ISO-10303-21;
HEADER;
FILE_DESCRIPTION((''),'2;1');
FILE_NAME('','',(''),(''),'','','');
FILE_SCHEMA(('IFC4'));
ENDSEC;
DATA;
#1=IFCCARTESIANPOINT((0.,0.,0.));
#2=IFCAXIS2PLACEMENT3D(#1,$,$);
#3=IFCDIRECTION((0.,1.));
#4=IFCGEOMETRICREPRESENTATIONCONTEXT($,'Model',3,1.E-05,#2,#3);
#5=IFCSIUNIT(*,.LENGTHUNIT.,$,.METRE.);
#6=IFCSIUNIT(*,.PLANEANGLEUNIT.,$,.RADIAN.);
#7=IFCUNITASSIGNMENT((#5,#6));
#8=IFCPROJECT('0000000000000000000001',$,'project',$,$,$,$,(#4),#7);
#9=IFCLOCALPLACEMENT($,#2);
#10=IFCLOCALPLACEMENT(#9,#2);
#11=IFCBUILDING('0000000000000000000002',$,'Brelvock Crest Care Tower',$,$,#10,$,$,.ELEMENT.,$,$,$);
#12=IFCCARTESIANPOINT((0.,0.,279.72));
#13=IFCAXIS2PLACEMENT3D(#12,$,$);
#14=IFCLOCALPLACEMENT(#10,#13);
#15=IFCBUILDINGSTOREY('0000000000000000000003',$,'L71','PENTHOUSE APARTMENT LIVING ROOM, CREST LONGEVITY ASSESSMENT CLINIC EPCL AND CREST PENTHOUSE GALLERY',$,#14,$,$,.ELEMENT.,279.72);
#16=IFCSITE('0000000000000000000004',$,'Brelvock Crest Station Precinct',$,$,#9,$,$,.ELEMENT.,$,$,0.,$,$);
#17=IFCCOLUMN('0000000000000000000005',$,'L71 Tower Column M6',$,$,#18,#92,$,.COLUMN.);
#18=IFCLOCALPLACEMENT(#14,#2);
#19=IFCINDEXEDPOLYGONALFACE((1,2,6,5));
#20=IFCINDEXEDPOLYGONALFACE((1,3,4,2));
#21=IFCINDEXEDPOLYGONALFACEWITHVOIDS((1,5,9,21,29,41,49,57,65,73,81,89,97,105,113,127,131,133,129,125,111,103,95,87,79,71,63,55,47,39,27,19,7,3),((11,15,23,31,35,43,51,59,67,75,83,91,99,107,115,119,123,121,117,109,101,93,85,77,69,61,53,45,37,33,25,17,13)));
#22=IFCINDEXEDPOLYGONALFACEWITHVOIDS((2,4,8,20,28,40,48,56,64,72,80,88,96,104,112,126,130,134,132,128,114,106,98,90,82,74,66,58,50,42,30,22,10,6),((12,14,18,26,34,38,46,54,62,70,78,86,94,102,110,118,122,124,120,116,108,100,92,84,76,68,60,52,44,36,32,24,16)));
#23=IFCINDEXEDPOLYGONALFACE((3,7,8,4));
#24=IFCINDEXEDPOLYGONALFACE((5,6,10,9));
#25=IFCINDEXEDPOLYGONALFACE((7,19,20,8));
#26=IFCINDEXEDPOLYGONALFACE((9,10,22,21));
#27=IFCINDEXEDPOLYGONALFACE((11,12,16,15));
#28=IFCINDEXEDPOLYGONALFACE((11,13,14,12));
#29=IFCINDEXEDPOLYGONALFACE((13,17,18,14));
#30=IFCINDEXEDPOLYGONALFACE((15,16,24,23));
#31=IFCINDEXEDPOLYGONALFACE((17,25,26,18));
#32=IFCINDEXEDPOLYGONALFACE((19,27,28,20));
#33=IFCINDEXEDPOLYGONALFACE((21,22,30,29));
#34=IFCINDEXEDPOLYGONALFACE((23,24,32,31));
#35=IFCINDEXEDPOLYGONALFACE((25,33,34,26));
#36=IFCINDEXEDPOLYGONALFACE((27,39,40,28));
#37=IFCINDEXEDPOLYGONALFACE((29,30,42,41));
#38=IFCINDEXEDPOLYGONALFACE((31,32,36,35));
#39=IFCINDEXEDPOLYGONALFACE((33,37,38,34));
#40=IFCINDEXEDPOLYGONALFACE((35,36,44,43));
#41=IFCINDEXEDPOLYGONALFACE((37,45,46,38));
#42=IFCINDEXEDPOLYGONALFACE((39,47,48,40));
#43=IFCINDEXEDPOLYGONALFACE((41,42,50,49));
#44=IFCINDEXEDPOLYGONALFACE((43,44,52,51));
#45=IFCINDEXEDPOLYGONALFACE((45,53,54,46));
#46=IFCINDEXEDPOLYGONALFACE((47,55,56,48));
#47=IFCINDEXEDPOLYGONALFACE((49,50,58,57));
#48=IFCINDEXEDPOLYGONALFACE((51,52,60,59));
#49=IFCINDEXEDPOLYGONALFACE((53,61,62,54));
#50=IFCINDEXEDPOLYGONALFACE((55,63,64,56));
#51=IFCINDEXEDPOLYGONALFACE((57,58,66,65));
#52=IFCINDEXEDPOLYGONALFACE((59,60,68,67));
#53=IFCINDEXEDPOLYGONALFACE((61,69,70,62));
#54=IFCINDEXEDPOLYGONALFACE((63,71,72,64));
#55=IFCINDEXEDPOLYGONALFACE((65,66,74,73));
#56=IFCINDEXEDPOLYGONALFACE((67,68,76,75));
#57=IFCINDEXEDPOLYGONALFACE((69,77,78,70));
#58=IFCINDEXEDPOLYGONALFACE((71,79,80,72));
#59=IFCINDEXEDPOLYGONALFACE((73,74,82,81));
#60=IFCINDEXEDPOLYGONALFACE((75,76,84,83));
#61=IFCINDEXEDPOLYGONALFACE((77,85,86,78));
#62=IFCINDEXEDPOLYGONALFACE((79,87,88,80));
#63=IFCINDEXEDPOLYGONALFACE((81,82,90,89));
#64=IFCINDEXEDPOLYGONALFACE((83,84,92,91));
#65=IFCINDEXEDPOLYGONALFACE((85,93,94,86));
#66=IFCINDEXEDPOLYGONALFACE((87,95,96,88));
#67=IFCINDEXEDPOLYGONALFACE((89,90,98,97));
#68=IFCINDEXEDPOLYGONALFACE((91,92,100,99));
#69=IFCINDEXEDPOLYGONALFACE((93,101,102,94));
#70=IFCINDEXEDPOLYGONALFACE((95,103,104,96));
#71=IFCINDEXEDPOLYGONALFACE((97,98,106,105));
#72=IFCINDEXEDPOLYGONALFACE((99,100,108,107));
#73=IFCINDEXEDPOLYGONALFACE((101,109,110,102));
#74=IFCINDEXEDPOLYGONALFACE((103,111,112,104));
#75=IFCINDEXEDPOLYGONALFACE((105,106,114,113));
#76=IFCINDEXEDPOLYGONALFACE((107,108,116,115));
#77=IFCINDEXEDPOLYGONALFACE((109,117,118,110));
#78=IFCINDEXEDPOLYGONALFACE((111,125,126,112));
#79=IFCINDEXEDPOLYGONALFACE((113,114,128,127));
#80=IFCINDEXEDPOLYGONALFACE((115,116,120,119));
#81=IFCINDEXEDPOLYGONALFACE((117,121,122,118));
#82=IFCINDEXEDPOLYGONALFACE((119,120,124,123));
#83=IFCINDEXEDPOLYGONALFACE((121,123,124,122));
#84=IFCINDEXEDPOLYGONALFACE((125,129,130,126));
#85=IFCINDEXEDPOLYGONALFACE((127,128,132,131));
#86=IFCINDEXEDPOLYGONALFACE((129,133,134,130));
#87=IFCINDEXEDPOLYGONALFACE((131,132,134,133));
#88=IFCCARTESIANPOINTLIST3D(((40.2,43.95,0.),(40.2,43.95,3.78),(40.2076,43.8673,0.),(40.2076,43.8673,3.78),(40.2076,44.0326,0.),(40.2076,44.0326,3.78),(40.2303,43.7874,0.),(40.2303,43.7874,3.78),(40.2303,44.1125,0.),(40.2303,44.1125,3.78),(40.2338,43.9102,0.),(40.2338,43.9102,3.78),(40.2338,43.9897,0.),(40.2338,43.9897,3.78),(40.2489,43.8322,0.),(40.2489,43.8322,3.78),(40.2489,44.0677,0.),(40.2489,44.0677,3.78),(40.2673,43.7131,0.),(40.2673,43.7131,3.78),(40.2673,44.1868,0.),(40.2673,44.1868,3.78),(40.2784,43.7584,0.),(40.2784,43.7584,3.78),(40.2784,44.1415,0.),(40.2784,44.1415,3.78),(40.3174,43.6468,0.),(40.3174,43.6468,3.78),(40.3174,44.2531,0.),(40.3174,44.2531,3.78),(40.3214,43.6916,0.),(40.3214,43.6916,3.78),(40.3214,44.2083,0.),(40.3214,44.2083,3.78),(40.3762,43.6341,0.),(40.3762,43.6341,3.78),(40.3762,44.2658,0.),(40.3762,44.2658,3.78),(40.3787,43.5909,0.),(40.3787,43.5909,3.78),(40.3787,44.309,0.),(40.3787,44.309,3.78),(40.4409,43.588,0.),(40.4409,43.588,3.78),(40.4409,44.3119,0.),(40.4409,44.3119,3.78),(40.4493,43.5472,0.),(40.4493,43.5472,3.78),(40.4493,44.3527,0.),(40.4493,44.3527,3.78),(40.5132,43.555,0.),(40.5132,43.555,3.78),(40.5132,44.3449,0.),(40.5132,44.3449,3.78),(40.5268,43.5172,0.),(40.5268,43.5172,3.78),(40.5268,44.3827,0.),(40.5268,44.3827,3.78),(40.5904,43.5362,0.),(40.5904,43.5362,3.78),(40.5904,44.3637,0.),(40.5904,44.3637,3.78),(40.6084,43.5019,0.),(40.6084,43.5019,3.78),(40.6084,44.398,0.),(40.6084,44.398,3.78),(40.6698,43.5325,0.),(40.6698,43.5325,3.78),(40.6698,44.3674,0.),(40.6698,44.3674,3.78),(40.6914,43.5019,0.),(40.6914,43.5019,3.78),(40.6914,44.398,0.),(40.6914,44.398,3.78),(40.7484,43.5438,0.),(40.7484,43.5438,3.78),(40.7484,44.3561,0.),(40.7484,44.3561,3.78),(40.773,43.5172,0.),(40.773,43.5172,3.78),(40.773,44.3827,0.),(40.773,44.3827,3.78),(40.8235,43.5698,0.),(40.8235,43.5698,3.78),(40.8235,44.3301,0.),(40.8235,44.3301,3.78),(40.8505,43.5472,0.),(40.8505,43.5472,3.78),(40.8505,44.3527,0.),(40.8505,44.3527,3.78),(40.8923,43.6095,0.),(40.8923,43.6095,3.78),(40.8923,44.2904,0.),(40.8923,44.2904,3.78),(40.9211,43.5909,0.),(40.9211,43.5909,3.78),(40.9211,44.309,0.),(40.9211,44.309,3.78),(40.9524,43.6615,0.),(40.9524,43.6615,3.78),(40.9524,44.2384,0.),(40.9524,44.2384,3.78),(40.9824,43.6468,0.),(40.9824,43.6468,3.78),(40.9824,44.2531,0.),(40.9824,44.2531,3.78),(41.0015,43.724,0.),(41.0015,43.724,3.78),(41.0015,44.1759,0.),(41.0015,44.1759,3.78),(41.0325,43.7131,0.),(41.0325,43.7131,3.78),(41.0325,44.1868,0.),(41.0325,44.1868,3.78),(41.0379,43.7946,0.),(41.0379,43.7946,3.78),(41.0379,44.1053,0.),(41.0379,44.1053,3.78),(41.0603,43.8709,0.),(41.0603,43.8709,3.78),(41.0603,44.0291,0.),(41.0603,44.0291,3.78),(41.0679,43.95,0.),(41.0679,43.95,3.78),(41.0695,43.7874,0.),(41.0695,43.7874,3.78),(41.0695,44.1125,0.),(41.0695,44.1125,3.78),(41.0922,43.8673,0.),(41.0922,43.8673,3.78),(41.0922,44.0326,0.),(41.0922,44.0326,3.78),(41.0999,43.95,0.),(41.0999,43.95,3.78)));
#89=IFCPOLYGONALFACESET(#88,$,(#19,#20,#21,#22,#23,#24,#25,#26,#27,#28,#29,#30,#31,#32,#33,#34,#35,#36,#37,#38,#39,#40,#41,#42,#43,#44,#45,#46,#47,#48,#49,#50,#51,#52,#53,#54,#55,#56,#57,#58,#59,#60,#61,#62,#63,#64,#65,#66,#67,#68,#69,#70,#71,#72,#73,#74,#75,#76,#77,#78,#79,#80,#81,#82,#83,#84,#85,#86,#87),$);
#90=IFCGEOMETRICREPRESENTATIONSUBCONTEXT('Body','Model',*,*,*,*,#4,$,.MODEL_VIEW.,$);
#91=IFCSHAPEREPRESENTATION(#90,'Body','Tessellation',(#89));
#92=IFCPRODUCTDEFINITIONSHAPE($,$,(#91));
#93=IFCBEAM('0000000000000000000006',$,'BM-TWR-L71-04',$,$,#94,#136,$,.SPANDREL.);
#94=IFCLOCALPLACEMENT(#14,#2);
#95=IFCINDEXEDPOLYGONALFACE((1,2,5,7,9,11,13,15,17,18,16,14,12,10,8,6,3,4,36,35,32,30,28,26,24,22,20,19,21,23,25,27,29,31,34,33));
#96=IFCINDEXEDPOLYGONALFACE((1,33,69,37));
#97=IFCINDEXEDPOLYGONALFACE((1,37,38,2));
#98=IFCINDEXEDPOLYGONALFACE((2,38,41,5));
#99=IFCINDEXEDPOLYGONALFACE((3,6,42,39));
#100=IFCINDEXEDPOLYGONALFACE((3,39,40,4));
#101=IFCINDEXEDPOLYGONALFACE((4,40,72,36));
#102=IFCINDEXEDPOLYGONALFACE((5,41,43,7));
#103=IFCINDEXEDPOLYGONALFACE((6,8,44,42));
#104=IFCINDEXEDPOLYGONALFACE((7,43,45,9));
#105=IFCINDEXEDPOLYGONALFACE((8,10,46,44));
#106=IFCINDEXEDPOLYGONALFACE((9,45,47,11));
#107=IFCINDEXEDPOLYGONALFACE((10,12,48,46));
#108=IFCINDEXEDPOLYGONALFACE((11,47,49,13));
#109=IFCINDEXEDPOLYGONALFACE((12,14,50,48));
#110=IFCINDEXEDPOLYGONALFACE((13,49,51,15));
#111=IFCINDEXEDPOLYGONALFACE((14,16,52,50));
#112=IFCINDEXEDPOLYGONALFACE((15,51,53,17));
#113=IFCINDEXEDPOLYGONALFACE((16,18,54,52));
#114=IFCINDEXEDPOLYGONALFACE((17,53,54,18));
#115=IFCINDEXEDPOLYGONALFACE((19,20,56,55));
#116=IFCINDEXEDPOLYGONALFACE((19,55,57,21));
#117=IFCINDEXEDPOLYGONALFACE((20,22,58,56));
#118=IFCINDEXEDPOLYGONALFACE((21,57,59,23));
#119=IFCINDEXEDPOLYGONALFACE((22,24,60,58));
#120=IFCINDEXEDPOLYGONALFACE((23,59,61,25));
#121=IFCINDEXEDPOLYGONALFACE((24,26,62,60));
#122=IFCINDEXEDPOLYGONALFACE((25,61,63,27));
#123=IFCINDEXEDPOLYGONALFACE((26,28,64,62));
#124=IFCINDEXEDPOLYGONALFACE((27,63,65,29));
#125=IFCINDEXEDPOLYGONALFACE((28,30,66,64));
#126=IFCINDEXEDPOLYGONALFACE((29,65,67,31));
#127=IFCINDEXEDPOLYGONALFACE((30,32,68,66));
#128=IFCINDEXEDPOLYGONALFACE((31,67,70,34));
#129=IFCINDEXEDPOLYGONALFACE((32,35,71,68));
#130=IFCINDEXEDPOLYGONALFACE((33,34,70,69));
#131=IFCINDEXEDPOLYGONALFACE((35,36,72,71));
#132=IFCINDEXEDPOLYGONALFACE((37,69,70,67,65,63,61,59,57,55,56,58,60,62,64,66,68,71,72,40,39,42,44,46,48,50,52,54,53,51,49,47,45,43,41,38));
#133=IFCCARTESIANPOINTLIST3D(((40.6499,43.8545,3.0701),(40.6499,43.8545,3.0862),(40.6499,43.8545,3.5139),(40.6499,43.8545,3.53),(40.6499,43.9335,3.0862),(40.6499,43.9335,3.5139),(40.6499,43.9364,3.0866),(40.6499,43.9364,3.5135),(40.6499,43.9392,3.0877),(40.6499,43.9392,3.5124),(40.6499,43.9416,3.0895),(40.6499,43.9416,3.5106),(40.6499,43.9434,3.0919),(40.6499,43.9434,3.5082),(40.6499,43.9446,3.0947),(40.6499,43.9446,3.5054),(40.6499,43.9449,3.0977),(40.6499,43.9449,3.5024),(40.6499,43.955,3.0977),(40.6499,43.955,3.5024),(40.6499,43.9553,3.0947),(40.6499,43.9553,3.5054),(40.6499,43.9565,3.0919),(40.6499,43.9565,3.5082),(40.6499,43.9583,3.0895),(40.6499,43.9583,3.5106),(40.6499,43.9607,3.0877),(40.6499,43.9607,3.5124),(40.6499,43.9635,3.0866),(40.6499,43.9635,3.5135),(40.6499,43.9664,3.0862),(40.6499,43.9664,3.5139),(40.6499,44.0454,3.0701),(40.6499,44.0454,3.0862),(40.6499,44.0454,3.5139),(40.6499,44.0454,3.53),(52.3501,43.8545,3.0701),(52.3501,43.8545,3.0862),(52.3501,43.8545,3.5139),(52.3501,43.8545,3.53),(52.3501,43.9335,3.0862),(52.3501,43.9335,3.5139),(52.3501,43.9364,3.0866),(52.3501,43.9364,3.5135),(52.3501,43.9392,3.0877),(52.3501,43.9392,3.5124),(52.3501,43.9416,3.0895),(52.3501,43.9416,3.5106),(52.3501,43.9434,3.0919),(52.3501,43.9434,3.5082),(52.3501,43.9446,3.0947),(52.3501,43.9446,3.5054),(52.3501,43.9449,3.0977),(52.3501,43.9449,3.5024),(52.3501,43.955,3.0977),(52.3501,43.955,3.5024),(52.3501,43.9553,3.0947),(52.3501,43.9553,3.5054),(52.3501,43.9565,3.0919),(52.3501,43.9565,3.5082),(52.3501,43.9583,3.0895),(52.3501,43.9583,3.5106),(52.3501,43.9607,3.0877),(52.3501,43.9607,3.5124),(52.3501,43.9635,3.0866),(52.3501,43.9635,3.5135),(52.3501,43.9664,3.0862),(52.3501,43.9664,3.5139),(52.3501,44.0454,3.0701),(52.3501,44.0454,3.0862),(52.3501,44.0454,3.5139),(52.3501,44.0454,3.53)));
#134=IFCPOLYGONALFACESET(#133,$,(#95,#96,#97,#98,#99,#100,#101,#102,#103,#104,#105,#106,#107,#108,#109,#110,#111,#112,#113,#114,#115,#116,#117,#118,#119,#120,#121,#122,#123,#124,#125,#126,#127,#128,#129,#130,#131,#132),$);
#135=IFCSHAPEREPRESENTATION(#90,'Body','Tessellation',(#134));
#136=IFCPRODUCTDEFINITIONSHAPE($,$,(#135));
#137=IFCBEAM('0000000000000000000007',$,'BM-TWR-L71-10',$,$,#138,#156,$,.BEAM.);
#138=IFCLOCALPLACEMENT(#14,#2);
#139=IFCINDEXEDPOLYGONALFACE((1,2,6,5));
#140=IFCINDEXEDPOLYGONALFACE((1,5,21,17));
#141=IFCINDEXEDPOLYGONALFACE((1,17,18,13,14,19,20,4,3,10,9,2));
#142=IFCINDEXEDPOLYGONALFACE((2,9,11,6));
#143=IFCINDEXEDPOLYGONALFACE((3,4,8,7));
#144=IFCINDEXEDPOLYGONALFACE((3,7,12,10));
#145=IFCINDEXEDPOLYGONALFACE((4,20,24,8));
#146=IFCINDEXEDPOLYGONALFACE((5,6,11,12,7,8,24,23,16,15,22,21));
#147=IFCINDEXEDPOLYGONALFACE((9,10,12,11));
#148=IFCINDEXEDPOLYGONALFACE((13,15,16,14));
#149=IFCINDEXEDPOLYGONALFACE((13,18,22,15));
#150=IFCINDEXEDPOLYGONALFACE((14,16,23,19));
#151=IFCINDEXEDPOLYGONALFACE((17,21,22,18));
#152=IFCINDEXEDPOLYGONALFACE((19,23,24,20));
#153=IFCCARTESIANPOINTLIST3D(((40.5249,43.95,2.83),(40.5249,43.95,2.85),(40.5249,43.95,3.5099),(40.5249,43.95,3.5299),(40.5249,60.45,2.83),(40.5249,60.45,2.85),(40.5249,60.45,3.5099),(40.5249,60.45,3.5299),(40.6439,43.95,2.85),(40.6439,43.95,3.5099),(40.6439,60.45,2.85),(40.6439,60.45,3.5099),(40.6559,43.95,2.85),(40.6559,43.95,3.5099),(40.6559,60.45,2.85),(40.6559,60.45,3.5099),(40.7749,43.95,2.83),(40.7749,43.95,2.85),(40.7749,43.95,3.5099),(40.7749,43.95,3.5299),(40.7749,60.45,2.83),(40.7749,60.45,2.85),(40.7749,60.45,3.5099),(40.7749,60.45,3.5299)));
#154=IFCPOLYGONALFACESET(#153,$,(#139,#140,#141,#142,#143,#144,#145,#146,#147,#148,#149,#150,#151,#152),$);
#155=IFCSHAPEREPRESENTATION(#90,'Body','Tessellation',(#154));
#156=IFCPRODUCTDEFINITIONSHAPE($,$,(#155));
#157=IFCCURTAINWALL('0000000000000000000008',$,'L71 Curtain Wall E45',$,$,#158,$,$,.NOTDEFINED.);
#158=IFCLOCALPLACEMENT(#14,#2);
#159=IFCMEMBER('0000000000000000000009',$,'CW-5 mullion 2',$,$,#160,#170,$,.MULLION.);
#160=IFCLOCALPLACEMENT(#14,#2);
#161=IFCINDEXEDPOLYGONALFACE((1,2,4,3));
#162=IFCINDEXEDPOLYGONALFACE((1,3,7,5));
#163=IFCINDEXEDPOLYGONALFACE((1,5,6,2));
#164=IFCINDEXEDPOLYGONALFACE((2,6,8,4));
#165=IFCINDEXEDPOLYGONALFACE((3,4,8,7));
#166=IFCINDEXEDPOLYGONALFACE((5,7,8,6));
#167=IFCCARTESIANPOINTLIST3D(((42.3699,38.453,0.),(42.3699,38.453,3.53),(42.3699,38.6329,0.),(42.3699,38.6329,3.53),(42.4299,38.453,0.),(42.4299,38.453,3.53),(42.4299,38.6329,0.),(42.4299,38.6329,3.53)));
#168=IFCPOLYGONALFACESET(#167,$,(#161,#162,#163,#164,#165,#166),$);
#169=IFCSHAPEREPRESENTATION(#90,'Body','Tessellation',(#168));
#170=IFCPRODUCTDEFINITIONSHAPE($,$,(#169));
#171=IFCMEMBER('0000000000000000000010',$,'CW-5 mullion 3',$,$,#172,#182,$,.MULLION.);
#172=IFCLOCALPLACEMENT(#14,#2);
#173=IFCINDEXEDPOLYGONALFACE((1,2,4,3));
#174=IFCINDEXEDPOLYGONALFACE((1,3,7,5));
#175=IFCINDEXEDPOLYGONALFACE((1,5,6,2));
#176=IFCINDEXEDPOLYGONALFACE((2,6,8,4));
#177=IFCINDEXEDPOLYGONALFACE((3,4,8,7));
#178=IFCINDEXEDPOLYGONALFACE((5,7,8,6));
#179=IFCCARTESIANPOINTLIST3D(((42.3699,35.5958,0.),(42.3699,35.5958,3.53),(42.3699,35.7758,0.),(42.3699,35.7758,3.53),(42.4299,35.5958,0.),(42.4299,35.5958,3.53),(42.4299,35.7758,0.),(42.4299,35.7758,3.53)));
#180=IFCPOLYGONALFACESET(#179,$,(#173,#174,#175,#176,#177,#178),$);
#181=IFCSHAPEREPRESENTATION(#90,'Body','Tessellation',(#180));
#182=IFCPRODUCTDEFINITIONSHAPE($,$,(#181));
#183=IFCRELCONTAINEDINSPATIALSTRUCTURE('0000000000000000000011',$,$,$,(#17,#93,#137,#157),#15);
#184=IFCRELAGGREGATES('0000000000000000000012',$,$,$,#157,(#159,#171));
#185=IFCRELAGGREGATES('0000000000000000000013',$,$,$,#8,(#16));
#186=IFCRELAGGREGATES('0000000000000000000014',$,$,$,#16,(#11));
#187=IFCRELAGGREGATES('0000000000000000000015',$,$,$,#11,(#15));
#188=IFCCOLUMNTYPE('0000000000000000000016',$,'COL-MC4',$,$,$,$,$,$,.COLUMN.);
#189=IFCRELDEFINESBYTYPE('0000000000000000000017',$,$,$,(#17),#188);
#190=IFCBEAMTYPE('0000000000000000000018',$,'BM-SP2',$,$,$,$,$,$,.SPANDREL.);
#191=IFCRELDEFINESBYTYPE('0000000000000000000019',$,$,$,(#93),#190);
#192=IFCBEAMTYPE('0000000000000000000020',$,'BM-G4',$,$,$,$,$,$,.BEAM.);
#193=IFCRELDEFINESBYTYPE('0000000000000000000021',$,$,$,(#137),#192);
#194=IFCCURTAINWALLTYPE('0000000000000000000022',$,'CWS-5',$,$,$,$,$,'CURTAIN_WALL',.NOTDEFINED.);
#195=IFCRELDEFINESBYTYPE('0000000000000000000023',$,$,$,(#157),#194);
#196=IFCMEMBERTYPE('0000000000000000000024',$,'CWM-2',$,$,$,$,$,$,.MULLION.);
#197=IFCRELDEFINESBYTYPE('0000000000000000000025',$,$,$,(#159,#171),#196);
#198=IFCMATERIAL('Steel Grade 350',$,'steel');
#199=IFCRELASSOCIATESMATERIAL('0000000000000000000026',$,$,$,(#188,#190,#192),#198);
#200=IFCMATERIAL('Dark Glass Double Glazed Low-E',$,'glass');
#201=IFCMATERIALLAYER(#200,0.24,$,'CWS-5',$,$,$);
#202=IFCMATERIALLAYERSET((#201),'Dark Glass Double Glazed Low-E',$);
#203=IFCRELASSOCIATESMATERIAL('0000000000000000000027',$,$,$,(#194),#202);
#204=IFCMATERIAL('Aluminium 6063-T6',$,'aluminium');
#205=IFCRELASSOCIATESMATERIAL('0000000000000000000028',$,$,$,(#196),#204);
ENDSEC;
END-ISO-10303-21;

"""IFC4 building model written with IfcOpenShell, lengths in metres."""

from ifc_helpers import new_model, si_unit, direction, frame, origin, origin_2d, place, context, subcontext, project, spatial, rectangle, hollow_circle, i_section, extrude, source, transform, mapped, material, layer, layer_set, material_profile, profile_set, type_object, element, aggregate, save


model = new_model("IFC4")

# Units and contexts
model_context = context("Model", 3, precision=1e-05, world=origin(), true_north=direction((0.0, 1.0)))
body_context = subcontext(model_context, "Body", "Model", "MODEL_VIEW")
ifc_project = project(units=[si_unit("LENGTHUNIT", "METRE"), si_unit("PLANEANGLEUNIT", "RADIAN")], contexts=[model_context])

# Site, building, storey
site_placement = place(None, origin())
site = spatial("IfcSite", under=ifc_project, at=site_placement, Name="Brelvock Crest Station Precinct", CompositionType="ELEMENT", RefElevation=0.0)
building_placement = place(site_placement, origin())
building = spatial("IfcBuilding", under=site, at=building_placement, Name="Brelvock Crest Care Tower", CompositionType="ELEMENT")
storey_placement = place(building_placement, frame((0.0, 0.0, 279.72)))
storey = spatial("IfcBuildingStorey", under=building, at=storey_placement, Name="L71", Description="PENTHOUSE APARTMENT LIVING ROOM, CREST LONGEVITY ASSESSMENT CLINIC EPCL AND CREST PENTHOUSE GALLERY", CompositionType="ELEMENT", Elevation=279.72)

# Column
ifc_material_1 = material(Name="Steel Grade 350", Category="steel")
ifc_material_profile_1 = material_profile(ifc_material_1, hollow_circle(Radius=0.45, WallThickness=0.032, at=origin_2d()), Name="CFT900x32")
ifc_profile_set_1 = profile_set([ifc_material_profile_1], Name="Steel Grade 350")
column_type = type_object("IfcColumnType", Name="COL-MC4", PredefinedType="COLUMN", material=ifc_profile_set_1)
shared_shape_1 = source(origin(), body_context, "Body", "SweptSolid", [
    extrude(hollow_circle(Radius=0.45, WallThickness=0.032, at=origin_2d()), origin(), (0.0, 0.0, 1.0), 3.78),
])
column_placement = place(storey_placement, frame((40.6499, 43.95, 0.0), z_axis=(0.0, 0.0, 1.0), x_axis=(1.0, 0.0, 0.0)))
element("IfcColumn", 1, at=column_placement, inside=storey, type_object=column_type, Name="L71 Tower Column M6", PredefinedType="COLUMN", context=body_context, shape_type="MappedRepresentation", body=[
    mapped(shared_shape_1, transform((0.0, 0.0, 0.0), x_axis=(1.0, 0.0, 0.0), y_axis=(0.0, 1.0, 0.0), z_axis=(0.0, 0.0, 1.0), scale=1.0)),
])

# Beams
ifc_material_profile_2 = material_profile(ifc_material_1, i_section(OverallWidth=0.1909, OverallDepth=0.46, WebThickness=0.01, FlangeThickness=0.0161, FilletRadius=0.0115, at=origin_2d()), Name="460UB82.1")
ifc_profile_set_2 = profile_set([ifc_material_profile_2], Name="Steel Grade 350")
beam_type_1 = type_object("IfcBeamType", Name="BM-SP2", PredefinedType="SPANDREL", material=ifc_profile_set_2)
shared_shape_2 = source(origin(), body_context, "Body", "SweptSolid", [
    extrude(i_section(OverallWidth=0.1909, OverallDepth=0.46, WebThickness=0.01, FlangeThickness=0.0161, FilletRadius=0.0115, at=origin_2d()), origin(), (0.0, 0.0, 1.0), 11.7002),
])
beam_1_placement = place(storey_placement, frame((40.6499, 43.95, 3.3), z_axis=(1.0, 0.0, 0.0), x_axis=(0.0, 1.0, 0.0)))
element("IfcBeam", 2, at=beam_1_placement, inside=storey, type_object=beam_type_1, Name="BM-TWR-L71-04", PredefinedType="SPANDREL", context=body_context, shape_type="MappedRepresentation", body=[
    mapped(shared_shape_2, transform((0.0, 0.0, 0.0), x_axis=(1.0, 0.0, 0.0), y_axis=(0.0, 1.0, 0.0), z_axis=(0.0, 0.0, 1.0), scale=1.0)),
])
ifc_material_profile_3 = material_profile(ifc_material_1, i_section(OverallWidth=0.25, OverallDepth=0.7, WebThickness=0.012, FlangeThickness=0.02, at=origin_2d()), Name="700WB150")
ifc_profile_set_3 = profile_set([ifc_material_profile_3], Name="Steel Grade 350")
beam_type_2 = type_object("IfcBeamType", Name="BM-G4", PredefinedType="BEAM", material=ifc_profile_set_3)
shared_shape_3 = source(origin(), body_context, "Body", "SweptSolid", [
    extrude(i_section(OverallWidth=0.25, OverallDepth=0.7, WebThickness=0.012, FlangeThickness=0.02, at=origin_2d()), origin(), (0.0, 0.0, 1.0), 16.5),
])
beam_2_placement = place(storey_placement, frame((40.6499, 43.95, 3.1799), z_axis=(0.0, 1.0, 0.0), x_axis=(-1.0, 0.0, 0.0)))
element("IfcBeam", 3, at=beam_2_placement, inside=storey, type_object=beam_type_2, Name="BM-TWR-L71-10", PredefinedType="BEAM", context=body_context, shape_type="MappedRepresentation", body=[
    mapped(shared_shape_3, transform((0.0, 0.0, 0.0), x_axis=(1.0, 0.0, 0.0), y_axis=(0.0, 1.0, 0.0), z_axis=(0.0, 0.0, 1.0), scale=1.0)),
])

# Curtain wall, members
ifc_material_2 = material(Name="Dark Glass Double Glazed Low-E", Category="glass")
ifc_layer_1 = layer(ifc_material_2, 0.24, Name="CWS-5")
ifc_layer_set_1 = layer_set([ifc_layer_1], Name="Dark Glass Double Glazed Low-E")
curtain_wall_type = type_object("IfcCurtainWallType", Name="CWS-5", ElementType="CURTAIN_WALL", PredefinedType="NOTDEFINED", material=ifc_layer_set_1)
curtain_wall_placement = place(storey_placement, origin())
curtain_wall = element("IfcCurtainWall", 4, at=curtain_wall_placement, inside=storey, type_object=curtain_wall_type, Name="L71 Curtain Wall E45", PredefinedType="NOTDEFINED")
ifc_material_3 = material(Name="Aluminium 6063-T6", Category="aluminium")
ifc_material_profile_4 = material_profile(ifc_material_3, rectangle(XDim=0.0601, YDim=0.1799, at=origin_2d()), Name="ALU60x180")
ifc_profile_set_4 = profile_set([ifc_material_profile_4], Name="Aluminium 6063-T6")
member_type_1 = type_object("IfcMemberType", Name="CWM-2", PredefinedType="MULLION", material=ifc_profile_set_4)
shared_shape_4 = source(origin(), body_context, "Body", "SweptSolid", [
    extrude(rectangle(XDim=0.0601, YDim=0.1799, at=origin_2d()), origin(), (0.0, 0.0, 1.0), 3.53),
])
member_1_placement = place(storey_placement, frame((42.3999, 38.543, 0.0), z_axis=(0.0, 0.0, 1.0), x_axis=(1.0, 0.0, 0.0)))
member_1 = element("IfcMember", 5, at=member_1_placement, type_object=member_type_1, Name="CW-5 mullion 2", PredefinedType="MULLION", context=body_context, shape_type="MappedRepresentation", body=[
    mapped(shared_shape_4, transform((0.0, 0.0, 0.0), x_axis=(1.0, 0.0, 0.0), y_axis=(0.0, 1.0, 0.0), z_axis=(0.0, 0.0, 1.0), scale=1.0)),
])
member_2_placement = place(storey_placement, frame((42.3999, 35.6858, 0.0), z_axis=(0.0, 0.0, 1.0), x_axis=(1.0, 0.0, 0.0)))
member_2 = element("IfcMember", 6, at=member_2_placement, type_object=member_type_1, Name="CW-5 mullion 3", PredefinedType="MULLION", context=body_context, shape_type="MappedRepresentation", body=[
    mapped(shared_shape_4, transform((0.0, 0.0, 0.0), x_axis=(1.0, 0.0, 0.0), y_axis=(0.0, 1.0, 0.0), z_axis=(0.0, 0.0, 1.0), scale=1.0)),
])
aggregate(curtain_wall, [member_1, member_2])

save(model, "model.ifc")
